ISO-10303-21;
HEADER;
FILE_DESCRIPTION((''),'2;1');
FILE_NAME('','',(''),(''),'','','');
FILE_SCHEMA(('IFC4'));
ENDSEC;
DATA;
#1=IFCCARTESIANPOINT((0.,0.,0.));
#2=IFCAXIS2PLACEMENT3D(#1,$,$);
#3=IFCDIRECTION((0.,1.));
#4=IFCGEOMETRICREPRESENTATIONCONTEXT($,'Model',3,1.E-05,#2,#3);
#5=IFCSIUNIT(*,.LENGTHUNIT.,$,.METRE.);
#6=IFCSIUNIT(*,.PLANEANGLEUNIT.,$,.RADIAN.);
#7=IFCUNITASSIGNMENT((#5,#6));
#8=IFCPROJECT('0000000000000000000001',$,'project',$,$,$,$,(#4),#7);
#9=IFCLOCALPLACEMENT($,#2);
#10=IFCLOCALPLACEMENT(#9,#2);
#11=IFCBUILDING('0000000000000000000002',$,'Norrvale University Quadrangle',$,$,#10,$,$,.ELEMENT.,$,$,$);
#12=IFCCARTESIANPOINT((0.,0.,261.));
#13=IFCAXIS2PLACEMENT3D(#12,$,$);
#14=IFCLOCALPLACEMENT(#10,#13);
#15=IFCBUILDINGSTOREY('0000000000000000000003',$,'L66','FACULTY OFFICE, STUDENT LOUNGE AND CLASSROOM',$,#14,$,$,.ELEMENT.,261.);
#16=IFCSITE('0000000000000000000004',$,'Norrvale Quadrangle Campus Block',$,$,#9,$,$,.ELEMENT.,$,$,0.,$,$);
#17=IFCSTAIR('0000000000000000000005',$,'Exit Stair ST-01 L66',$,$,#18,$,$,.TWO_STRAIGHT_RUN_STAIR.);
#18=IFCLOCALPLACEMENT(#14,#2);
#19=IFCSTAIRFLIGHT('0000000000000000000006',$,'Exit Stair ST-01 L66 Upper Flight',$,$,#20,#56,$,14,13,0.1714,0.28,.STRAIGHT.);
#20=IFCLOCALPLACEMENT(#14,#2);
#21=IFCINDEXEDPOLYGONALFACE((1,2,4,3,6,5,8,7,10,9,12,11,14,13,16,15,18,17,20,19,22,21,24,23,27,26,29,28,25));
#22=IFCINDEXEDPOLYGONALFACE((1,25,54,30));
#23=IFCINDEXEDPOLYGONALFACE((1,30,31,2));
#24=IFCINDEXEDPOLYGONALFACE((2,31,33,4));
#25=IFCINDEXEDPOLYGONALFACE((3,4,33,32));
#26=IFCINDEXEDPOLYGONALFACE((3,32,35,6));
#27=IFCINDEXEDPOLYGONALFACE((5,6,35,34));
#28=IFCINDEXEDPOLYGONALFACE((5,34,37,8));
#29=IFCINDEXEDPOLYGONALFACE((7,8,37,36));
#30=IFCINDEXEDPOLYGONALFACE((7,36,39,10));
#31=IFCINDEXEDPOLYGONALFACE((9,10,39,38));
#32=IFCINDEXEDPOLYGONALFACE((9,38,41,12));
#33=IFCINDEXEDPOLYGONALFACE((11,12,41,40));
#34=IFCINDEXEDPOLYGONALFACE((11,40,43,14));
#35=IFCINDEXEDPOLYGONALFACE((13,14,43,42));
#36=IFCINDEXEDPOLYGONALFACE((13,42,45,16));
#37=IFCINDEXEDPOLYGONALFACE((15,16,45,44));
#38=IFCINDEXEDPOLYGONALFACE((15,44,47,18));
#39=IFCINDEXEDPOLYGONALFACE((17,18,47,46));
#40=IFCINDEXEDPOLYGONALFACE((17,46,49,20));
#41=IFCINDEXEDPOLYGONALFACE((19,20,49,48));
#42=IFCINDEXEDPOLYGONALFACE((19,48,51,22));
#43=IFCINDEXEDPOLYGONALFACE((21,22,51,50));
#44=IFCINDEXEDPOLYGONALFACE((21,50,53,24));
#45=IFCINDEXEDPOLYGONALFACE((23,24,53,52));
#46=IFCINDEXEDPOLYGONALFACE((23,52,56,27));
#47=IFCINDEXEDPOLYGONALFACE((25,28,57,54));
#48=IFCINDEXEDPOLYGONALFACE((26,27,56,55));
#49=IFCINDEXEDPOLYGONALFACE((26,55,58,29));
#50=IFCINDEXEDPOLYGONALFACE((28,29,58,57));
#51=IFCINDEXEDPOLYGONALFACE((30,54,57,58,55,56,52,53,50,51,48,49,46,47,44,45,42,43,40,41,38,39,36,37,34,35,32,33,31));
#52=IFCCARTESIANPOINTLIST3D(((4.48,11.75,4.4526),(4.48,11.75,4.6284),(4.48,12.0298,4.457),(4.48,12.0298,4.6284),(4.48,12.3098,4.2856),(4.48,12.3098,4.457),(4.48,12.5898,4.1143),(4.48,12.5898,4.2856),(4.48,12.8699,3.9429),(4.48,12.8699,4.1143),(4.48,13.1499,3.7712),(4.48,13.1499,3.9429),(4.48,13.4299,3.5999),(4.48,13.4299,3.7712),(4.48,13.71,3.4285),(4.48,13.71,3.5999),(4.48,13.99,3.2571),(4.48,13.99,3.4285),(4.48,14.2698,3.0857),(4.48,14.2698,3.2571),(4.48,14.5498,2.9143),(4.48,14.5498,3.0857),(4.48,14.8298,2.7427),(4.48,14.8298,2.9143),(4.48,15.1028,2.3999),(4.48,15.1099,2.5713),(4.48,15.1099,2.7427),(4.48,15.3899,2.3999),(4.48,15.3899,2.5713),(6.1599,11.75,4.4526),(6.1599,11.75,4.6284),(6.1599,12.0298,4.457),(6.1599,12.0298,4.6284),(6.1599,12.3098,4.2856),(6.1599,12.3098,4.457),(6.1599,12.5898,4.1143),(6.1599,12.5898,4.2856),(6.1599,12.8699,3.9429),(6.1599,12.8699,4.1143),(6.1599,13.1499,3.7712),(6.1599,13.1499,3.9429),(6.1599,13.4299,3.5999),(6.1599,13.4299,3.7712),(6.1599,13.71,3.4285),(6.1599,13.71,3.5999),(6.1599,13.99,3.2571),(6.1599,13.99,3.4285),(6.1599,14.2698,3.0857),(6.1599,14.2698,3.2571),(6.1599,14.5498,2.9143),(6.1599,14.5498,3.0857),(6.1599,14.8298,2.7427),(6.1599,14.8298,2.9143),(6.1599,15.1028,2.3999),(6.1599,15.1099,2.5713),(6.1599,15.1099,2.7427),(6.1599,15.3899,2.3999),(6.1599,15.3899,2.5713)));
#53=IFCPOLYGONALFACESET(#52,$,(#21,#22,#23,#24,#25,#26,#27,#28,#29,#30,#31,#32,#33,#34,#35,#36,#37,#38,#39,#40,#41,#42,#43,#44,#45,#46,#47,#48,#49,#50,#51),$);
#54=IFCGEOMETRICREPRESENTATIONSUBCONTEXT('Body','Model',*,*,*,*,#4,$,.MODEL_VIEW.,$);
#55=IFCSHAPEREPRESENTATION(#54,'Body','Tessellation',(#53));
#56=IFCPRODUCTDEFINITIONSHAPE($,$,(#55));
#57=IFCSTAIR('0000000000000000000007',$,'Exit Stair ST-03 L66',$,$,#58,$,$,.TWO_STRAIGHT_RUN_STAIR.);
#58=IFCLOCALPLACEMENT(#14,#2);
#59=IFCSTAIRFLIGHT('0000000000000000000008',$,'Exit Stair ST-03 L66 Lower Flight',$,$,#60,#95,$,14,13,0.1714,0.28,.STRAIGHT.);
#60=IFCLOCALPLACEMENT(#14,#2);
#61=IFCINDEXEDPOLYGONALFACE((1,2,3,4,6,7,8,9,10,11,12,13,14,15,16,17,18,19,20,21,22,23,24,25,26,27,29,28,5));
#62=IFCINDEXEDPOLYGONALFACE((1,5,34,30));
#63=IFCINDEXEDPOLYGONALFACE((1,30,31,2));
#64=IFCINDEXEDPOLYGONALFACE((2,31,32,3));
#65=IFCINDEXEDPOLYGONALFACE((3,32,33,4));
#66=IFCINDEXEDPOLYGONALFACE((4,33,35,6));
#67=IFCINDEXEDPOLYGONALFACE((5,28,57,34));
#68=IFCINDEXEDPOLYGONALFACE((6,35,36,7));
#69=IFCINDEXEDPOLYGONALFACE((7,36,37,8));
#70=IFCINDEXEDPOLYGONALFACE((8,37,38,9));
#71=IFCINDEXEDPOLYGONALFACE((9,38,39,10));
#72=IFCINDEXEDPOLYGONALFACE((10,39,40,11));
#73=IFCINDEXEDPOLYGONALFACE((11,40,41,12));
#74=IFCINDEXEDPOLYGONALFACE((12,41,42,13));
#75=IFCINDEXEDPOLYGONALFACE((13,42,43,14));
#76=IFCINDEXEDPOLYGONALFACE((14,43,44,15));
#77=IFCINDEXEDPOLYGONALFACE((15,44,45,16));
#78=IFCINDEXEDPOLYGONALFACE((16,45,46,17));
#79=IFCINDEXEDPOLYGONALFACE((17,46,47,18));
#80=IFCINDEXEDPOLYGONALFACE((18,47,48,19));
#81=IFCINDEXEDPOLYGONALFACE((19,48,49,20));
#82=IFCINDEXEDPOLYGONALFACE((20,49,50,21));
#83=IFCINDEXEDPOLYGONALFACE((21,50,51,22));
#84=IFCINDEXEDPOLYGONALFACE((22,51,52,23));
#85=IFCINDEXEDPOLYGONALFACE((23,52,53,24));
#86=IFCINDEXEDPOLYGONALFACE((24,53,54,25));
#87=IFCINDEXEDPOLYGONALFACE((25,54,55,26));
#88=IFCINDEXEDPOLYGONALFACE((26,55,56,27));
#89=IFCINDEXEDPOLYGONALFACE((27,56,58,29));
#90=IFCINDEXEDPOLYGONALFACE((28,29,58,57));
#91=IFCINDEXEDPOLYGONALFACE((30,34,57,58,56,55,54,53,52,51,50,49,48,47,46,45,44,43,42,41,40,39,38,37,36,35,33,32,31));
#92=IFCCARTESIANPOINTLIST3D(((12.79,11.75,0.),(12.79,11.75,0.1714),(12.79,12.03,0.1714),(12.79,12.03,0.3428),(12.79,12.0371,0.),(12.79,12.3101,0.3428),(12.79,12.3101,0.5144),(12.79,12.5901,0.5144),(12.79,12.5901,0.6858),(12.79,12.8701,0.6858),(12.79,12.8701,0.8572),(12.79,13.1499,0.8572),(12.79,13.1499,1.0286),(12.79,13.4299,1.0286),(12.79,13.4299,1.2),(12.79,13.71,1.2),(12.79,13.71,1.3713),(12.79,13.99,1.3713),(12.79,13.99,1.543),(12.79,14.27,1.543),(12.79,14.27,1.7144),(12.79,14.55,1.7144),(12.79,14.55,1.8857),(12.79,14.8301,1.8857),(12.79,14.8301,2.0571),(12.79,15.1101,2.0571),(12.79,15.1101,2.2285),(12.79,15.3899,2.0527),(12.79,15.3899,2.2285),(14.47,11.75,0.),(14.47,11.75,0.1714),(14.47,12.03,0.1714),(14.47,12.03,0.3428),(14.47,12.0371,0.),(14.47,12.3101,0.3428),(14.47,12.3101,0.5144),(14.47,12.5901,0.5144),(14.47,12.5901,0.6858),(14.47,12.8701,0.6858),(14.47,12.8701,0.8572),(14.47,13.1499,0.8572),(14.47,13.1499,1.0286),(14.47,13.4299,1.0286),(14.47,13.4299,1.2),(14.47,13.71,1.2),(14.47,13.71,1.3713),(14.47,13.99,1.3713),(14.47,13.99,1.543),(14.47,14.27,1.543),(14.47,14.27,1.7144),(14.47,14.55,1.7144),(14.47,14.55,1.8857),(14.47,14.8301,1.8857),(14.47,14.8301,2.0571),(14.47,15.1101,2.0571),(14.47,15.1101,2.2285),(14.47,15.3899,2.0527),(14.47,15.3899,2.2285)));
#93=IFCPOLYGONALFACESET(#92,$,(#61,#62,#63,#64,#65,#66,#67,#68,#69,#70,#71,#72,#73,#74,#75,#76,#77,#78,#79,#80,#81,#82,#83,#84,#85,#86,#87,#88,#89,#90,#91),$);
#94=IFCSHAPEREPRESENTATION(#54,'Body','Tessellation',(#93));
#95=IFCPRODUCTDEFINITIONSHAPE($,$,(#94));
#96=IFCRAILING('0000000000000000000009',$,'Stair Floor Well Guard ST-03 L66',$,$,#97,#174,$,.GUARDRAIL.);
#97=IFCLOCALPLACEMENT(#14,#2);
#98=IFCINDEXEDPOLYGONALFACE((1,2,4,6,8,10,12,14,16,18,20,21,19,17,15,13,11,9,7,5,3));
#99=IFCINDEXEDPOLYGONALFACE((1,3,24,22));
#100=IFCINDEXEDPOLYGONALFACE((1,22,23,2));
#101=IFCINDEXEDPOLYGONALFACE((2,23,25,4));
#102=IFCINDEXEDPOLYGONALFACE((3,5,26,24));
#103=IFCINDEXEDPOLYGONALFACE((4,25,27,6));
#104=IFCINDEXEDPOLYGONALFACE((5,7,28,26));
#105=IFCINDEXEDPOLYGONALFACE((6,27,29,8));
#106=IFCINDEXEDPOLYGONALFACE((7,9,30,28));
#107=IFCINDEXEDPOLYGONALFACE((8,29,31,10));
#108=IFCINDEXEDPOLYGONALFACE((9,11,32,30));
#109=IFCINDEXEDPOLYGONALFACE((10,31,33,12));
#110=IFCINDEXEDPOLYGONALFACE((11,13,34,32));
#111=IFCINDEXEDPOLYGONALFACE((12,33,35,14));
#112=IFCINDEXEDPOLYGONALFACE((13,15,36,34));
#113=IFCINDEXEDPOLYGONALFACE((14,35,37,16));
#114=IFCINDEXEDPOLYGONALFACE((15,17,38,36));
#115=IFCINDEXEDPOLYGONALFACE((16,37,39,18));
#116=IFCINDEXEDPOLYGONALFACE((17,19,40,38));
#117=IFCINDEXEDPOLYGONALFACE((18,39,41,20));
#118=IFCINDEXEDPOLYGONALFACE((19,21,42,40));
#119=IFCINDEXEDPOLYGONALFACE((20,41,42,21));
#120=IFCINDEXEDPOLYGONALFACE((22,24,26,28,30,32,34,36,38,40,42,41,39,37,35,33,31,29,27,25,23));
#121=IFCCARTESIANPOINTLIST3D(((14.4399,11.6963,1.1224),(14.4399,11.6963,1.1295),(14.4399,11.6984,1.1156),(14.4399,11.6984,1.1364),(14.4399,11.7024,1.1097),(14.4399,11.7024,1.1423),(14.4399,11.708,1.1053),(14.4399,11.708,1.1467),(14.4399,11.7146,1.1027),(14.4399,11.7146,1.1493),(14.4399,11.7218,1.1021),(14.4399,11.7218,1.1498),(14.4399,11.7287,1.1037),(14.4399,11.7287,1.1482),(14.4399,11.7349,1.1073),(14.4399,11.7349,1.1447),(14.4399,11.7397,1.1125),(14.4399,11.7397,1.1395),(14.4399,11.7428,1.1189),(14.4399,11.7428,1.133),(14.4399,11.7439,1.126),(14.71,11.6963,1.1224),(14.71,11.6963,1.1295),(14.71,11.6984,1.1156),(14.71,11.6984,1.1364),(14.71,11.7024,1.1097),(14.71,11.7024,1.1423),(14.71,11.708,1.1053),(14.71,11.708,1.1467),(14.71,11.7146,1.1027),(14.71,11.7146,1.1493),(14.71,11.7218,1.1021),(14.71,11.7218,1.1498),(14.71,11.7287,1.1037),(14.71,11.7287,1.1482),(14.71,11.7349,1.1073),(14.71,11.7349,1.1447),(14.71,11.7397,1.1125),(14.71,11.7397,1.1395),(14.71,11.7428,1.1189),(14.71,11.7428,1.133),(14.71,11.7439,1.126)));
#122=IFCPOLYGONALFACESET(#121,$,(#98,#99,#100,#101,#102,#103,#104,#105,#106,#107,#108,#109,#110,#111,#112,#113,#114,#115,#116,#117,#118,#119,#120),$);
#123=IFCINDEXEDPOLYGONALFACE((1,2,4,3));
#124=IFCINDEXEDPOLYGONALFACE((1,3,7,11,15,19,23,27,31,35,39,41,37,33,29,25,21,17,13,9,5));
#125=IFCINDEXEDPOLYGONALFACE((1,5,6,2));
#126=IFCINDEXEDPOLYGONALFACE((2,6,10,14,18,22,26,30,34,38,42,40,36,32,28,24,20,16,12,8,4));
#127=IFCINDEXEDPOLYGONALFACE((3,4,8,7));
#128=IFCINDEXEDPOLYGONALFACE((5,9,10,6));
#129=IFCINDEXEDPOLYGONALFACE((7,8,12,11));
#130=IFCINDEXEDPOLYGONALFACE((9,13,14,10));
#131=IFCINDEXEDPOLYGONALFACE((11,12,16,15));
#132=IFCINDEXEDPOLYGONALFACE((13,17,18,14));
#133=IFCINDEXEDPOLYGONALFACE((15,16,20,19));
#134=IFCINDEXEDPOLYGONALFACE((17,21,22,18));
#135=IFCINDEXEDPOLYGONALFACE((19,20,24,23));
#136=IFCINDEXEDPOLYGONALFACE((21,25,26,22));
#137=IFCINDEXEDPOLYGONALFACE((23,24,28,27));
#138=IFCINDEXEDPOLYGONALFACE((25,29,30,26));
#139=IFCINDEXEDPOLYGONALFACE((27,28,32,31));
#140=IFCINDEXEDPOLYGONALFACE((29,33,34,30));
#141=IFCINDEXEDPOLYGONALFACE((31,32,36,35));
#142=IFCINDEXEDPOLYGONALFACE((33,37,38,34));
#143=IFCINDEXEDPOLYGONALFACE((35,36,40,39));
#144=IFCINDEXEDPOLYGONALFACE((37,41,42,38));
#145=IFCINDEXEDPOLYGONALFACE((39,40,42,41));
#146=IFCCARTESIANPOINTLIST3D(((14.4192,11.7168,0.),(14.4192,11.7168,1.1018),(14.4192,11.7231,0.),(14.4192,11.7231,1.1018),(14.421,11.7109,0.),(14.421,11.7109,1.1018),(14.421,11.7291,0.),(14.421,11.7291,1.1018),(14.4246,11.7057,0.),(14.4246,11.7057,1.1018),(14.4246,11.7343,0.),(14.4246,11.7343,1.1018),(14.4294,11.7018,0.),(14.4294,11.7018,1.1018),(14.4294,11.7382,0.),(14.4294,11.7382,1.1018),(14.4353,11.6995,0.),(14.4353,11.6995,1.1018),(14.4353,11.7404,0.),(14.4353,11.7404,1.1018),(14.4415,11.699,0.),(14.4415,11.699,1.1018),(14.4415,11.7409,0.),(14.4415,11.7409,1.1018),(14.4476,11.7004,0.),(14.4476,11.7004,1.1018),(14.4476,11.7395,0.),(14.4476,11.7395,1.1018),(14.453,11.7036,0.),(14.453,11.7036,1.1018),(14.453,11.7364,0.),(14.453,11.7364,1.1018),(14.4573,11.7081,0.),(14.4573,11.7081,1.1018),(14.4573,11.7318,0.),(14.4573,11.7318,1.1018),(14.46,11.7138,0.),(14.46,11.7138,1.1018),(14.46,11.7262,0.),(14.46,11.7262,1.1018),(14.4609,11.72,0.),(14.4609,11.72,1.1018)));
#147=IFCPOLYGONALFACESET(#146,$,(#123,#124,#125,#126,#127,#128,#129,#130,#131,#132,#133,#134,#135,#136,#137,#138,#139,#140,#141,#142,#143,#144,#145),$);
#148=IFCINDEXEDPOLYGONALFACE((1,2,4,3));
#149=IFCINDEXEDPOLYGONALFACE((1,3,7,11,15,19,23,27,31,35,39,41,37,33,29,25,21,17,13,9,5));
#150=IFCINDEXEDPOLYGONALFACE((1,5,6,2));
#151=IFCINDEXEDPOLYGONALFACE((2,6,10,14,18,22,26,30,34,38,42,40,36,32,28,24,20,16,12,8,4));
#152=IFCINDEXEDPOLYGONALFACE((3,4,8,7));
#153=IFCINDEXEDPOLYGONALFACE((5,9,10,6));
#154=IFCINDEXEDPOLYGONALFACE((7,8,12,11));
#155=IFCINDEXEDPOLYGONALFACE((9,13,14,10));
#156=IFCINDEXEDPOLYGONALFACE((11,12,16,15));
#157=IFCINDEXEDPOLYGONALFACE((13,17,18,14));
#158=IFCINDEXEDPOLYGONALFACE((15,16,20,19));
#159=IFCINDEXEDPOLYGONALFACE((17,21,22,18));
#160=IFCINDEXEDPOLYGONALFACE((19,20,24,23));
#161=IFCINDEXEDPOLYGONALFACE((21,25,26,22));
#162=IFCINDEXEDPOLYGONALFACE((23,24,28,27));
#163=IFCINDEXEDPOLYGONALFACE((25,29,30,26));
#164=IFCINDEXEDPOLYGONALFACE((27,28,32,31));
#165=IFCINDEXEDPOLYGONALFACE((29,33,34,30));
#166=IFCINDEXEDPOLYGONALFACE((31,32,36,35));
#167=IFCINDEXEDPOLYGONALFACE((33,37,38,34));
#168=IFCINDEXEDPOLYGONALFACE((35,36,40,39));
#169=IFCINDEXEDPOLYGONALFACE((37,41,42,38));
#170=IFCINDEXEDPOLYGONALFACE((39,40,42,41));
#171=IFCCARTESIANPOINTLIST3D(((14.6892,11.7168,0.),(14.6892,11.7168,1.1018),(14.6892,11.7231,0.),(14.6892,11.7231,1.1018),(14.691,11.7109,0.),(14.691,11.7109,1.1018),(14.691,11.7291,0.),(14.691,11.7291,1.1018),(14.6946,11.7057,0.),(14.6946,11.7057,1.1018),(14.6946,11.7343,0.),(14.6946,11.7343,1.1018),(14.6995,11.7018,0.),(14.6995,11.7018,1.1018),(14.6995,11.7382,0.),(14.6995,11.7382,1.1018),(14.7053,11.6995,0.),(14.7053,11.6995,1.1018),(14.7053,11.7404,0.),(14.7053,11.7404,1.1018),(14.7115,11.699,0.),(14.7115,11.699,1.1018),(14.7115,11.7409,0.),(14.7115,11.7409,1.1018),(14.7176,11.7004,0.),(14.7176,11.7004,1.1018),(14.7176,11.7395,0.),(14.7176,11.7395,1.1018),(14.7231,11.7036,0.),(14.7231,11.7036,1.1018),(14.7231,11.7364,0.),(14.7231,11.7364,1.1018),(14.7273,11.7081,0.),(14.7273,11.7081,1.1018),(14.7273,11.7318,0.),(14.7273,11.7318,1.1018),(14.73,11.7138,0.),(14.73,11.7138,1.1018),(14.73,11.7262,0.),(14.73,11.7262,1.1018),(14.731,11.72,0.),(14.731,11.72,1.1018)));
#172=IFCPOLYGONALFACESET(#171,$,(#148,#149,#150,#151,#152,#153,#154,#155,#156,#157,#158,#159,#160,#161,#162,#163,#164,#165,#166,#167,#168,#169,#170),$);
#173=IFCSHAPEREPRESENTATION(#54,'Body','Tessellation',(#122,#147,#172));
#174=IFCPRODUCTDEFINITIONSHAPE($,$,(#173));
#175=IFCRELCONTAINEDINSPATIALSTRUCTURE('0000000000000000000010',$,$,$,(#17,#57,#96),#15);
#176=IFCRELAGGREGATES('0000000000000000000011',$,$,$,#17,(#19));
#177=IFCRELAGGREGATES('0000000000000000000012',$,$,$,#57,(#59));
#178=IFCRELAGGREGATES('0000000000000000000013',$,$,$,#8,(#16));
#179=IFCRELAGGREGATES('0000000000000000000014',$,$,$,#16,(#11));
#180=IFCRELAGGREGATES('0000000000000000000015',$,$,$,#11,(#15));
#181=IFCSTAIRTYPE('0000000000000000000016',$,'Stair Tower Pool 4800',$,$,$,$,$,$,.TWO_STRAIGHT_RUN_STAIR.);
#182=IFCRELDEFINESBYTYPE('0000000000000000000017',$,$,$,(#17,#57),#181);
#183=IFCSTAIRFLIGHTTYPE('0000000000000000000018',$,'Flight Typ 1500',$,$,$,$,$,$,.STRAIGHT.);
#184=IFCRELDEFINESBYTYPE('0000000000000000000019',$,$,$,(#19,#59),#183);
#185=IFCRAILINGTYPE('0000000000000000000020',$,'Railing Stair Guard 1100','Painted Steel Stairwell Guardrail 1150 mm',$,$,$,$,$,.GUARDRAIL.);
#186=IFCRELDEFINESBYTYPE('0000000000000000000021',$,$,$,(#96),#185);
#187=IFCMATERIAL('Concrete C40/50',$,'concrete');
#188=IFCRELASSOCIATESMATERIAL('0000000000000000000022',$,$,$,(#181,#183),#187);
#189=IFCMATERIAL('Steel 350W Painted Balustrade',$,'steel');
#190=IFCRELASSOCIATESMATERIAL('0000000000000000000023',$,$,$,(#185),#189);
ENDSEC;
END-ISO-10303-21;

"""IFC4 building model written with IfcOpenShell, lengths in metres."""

from ifc_helpers import new_model, si_unit, direction, frame, origin, origin_2d, place, context, subcontext, project, spatial, polyline, circle, outline, extrude, material, type_object, element, aggregate, save


model = new_model("IFC4")

# Units and contexts
model_context = context("Model", 3, precision=1e-05, world=origin(), true_north=direction((0.0, 1.0)))
body_context = subcontext(model_context, "Body", "Model", "MODEL_VIEW")
ifc_project = project(units=[si_unit("LENGTHUNIT", "METRE"), si_unit("PLANEANGLEUNIT", "RADIAN")], contexts=[model_context])

# Site, building, storey
site_placement = place(None, origin())
site = spatial("IfcSite", under=ifc_project, at=site_placement, Name="Norrvale Quadrangle Campus Block", CompositionType="ELEMENT", RefElevation=0.0)
building_placement = place(site_placement, origin())
building = spatial("IfcBuilding", under=site, at=building_placement, Name="Norrvale University Quadrangle", CompositionType="ELEMENT")
storey_placement = place(building_placement, frame((0.0, 0.0, 261.0)))
storey = spatial("IfcBuildingStorey", under=building, at=storey_placement, Name="L66", Description="FACULTY OFFICE, STUDENT LOUNGE AND CLASSROOM", CompositionType="ELEMENT", Elevation=261.0)

# Stairs, stair flights
ifc_material_1 = material(Name="Concrete C40/50", Category="concrete")
stair_type = type_object("IfcStairType", Name="Stair Tower Pool 4800", PredefinedType="TWO_STRAIGHT_RUN_STAIR", material=ifc_material_1)
stair_1_placement = place(storey_placement, origin())
stair_1 = element("IfcStair", 1, at=stair_1_placement, inside=storey, type_object=stair_type, Name="Exit Stair ST-01 L66", PredefinedType="TWO_STRAIGHT_RUN_STAIR")
stair_flight_type = type_object("IfcStairFlightType", Name="Flight Typ 1500", PredefinedType="STRAIGHT", material=ifc_material_1)
stair_flight_1_placement = place(storey_placement, frame((5.3201, 15.3899, 2.3999), z_axis=(0.0, 0.0, 1.0), x_axis=(0.0, -1.0, 0.0)))
stair_flight_1 = element("IfcStairFlight", 2, at=stair_flight_1_placement, type_object=stair_flight_type, Name="Exit Stair ST-01 L66 Upper Flight", NumberOfRisers=14, NumberOfTreads=13, PredefinedType="STRAIGHT", RiserHeight=0.1714, TreadLength=0.28, context=body_context, shape_type="SweptSolid", body=[
    extrude(outline(polyline([(0.0, 0.0), (0.0, 0.1714), (0.28, 0.1714), (0.28, 0.3428), (0.5601, 0.3428), (0.5601, 0.5144), (0.8401, 0.5144), (0.8401, 0.6858), (1.1201, 0.6858), (1.1201, 0.8572), (1.3999, 0.8572), (1.3999, 1.0286), (1.6799, 1.0286), (1.6799, 1.2), (1.96, 1.2), (1.96, 1.3713), (2.24, 1.3713), (2.24, 1.543), (2.52, 1.543), (2.52, 1.7144), (2.8, 1.7144), (2.8, 1.8857), (3.0801, 1.8857), (3.0801, 2.0571), (3.3601, 2.0571), (3.3601, 2.2285), (3.6399, 2.2285), (3.6399, 2.3999), (3.6399, 2.0527), (0.2871, 0.0), (0.0, 0.0)])), frame((0.0, 0.8398, 0.0), z_axis=(0.0, -1.0, 0.0), x_axis=(1.0, 0.0, 0.0)), (0.0, 0.0, 1.0), 1.6799),
])
aggregate(stair_1, [stair_flight_1])
stair_2_placement = place(storey_placement, origin())
stair_2 = element("IfcStair", 3, at=stair_2_placement, inside=storey, type_object=stair_type, Name="Exit Stair ST-03 L66", PredefinedType="TWO_STRAIGHT_RUN_STAIR")
stair_flight_2_placement = place(storey_placement, frame((13.6299, 11.75, 0.0), z_axis=(0.0, 0.0, 1.0), x_axis=(0.0, 1.0, 0.0)))
stair_flight_2 = element("IfcStairFlight", 4, at=stair_flight_2_placement, type_object=stair_flight_type, Name="Exit Stair ST-03 L66 Lower Flight", NumberOfRisers=14, NumberOfTreads=13, PredefinedType="STRAIGHT", RiserHeight=0.1714, TreadLength=0.28, context=body_context, shape_type="SweptSolid", body=[
    extrude(outline(polyline([(0.0, 0.0), (0.0, 0.1714), (0.28, 0.1714), (0.28, 0.3428), (0.5601, 0.3428), (0.5601, 0.5144), (0.8401, 0.5144), (0.8401, 0.6858), (1.1201, 0.6858), (1.1201, 0.8572), (1.3999, 0.8572), (1.3999, 1.0286), (1.6799, 1.0286), (1.6799, 1.2), (1.96, 1.2), (1.96, 1.3713), (2.24, 1.3713), (2.24, 1.543), (2.52, 1.543), (2.52, 1.7144), (2.8, 1.7144), (2.8, 1.8857), (3.0801, 1.8857), (3.0801, 2.0571), (3.3601, 2.0571), (3.3601, 2.2285), (3.6399, 2.2285), (3.6399, 2.3999), (3.6399, 2.0527), (0.2871, 0.0), (0.0, 0.0)])), frame((0.0, 0.8398, 0.0), z_axis=(0.0, -1.0, 0.0), x_axis=(1.0, 0.0, 0.0)), (0.0, 0.0, 1.0), 1.6799),
])
aggregate(stair_2, [stair_flight_2])

# Railing
ifc_material_2 = material(Name="Steel 350W Painted Balustrade", Category="steel")
railing_type_1 = type_object("IfcRailingType", Name="Railing Stair Guard 1100", Description="Painted Steel Stairwell Guardrail 1150 mm", PredefinedType="GUARDRAIL", material=ifc_material_2)
railing_1_placement = place(storey_placement, frame((14.4399, 11.72, 0.0)))
element("IfcRailing", 5, at=railing_1_placement, inside=storey, type_object=railing_type_1, Name="Stair Floor Well Guard ST-03 L66", PredefinedType="GUARDRAIL", context=body_context, shape_type="SweptSolid", body=[
    extrude(circle(Radius=0.0239, at=origin_2d()), frame((0.0, 0.0, 1.126), z_axis=(1.0, 0.0, 0.0), x_axis=(0.0, 1.0, 0.0)), (0.0, 0.0, 1.0), 0.27),
    extrude(circle(Radius=0.021, at=origin_2d()), origin(), (0.0, 0.0, 1.0), 1.1018),
    extrude(circle(Radius=0.021, at=origin_2d()), frame((0.27, 0.0, 0.0)), (0.0, 0.0, 1.0), 1.1018),
])

save(model, "model.ifc")
